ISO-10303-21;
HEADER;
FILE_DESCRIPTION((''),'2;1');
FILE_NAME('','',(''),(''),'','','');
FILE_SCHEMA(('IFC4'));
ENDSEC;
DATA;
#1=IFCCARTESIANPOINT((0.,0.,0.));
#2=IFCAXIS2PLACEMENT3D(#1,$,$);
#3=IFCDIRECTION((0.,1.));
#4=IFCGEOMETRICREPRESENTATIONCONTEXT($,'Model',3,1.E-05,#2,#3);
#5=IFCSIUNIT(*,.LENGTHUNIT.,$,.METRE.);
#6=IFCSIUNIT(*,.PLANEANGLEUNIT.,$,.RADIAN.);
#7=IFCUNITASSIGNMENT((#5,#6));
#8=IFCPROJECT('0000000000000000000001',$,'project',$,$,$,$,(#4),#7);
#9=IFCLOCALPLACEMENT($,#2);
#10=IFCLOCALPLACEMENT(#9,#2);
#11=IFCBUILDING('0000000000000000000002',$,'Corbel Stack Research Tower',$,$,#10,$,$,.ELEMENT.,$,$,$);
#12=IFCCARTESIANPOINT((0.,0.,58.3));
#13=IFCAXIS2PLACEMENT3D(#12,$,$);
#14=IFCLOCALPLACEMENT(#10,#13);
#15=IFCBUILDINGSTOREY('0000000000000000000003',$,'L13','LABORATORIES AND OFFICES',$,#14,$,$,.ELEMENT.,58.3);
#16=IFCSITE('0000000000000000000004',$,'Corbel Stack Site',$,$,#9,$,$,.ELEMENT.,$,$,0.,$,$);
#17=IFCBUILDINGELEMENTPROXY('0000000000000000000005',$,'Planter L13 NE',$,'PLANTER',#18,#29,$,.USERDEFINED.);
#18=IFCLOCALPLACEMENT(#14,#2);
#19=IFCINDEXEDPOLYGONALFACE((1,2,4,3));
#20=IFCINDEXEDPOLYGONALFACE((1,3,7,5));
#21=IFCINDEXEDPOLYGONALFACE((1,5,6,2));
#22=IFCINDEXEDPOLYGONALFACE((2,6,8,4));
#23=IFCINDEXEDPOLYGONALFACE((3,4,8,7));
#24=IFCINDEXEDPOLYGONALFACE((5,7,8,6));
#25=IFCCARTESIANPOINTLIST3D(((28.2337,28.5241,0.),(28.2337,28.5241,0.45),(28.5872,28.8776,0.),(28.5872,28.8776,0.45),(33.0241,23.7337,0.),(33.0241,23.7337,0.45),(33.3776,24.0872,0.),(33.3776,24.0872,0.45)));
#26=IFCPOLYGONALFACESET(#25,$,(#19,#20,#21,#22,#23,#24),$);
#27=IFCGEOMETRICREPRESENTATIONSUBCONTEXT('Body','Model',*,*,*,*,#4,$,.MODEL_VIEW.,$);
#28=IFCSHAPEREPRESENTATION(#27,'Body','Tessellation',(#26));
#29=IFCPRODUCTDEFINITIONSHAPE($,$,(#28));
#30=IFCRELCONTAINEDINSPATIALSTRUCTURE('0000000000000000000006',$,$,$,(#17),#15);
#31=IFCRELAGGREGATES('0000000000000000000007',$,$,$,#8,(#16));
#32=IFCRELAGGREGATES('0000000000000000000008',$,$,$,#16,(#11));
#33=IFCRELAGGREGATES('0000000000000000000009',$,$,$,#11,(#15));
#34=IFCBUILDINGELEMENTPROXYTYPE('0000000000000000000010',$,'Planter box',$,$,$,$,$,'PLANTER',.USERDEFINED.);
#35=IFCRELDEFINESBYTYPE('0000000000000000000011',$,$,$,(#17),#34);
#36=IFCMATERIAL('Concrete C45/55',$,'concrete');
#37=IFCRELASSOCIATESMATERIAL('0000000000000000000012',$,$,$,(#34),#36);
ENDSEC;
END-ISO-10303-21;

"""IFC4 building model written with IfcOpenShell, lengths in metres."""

from ifc_helpers import new_model, si_unit, direction, frame, origin, origin_2d, place, context, subcontext, project, spatial, rectangle, extrude, material, type_object, element, save


model = new_model("IFC4")

# Units and contexts
model_context = context("Model", 3, precision=1e-05, world=origin(), true_north=direction((0.0, 1.0)))
body_context = subcontext(model_context, "Body", "Model", "MODEL_VIEW")
ifc_project = project(units=[si_unit("LENGTHUNIT", "METRE"), si_unit("PLANEANGLEUNIT", "RADIAN")], contexts=[model_context])

# Site, building, storey
site_placement = place(None, origin())
site = spatial("IfcSite", under=ifc_project, at=site_placement, Name="Corbel Stack Site", CompositionType="ELEMENT", RefElevation=0.0)
building_placement = place(site_placement, origin())
building = spatial("IfcBuilding", under=site, at=building_placement, Name="Corbel Stack Research Tower", CompositionType="ELEMENT")
storey_placement = place(building_placement, frame((0.0, 0.0, 58.3)))
storey = spatial("IfcBuildingStorey", under=building, at=storey_placement, Name="L13", Description="LABORATORIES AND OFFICES", CompositionType="ELEMENT", Elevation=58.3)

# Building element proxy
ifc_material_1 = material(Name="Concrete C45/55", Category="concrete")
building_element_proxy_type = type_object("IfcBuildingElementProxyType", Name="Planter box", ElementType="PLANTER", PredefinedType="USERDEFINED", material=ifc_material_1)
proxy_placement = place(storey_placement, frame((30.8057, 26.3057, 0.0), z_axis=(0.0, 0.0, 1.0), x_axis=(-0.707107, 0.707107, 0.0)))
element("IfcBuildingElementProxy", 1, at=proxy_placement, inside=storey, type_object=building_element_proxy_type, Name="Planter L13 NE", ObjectType="PLANTER", PredefinedType="USERDEFINED", context=body_context, shape_type="SweptSolid", body=[
    extrude(rectangle(XDim=6.7747, YDim=0.5, at=origin_2d()), origin(), (0.0, 0.0, 1.0), 0.45),
])

save(model, "model.ifc")
